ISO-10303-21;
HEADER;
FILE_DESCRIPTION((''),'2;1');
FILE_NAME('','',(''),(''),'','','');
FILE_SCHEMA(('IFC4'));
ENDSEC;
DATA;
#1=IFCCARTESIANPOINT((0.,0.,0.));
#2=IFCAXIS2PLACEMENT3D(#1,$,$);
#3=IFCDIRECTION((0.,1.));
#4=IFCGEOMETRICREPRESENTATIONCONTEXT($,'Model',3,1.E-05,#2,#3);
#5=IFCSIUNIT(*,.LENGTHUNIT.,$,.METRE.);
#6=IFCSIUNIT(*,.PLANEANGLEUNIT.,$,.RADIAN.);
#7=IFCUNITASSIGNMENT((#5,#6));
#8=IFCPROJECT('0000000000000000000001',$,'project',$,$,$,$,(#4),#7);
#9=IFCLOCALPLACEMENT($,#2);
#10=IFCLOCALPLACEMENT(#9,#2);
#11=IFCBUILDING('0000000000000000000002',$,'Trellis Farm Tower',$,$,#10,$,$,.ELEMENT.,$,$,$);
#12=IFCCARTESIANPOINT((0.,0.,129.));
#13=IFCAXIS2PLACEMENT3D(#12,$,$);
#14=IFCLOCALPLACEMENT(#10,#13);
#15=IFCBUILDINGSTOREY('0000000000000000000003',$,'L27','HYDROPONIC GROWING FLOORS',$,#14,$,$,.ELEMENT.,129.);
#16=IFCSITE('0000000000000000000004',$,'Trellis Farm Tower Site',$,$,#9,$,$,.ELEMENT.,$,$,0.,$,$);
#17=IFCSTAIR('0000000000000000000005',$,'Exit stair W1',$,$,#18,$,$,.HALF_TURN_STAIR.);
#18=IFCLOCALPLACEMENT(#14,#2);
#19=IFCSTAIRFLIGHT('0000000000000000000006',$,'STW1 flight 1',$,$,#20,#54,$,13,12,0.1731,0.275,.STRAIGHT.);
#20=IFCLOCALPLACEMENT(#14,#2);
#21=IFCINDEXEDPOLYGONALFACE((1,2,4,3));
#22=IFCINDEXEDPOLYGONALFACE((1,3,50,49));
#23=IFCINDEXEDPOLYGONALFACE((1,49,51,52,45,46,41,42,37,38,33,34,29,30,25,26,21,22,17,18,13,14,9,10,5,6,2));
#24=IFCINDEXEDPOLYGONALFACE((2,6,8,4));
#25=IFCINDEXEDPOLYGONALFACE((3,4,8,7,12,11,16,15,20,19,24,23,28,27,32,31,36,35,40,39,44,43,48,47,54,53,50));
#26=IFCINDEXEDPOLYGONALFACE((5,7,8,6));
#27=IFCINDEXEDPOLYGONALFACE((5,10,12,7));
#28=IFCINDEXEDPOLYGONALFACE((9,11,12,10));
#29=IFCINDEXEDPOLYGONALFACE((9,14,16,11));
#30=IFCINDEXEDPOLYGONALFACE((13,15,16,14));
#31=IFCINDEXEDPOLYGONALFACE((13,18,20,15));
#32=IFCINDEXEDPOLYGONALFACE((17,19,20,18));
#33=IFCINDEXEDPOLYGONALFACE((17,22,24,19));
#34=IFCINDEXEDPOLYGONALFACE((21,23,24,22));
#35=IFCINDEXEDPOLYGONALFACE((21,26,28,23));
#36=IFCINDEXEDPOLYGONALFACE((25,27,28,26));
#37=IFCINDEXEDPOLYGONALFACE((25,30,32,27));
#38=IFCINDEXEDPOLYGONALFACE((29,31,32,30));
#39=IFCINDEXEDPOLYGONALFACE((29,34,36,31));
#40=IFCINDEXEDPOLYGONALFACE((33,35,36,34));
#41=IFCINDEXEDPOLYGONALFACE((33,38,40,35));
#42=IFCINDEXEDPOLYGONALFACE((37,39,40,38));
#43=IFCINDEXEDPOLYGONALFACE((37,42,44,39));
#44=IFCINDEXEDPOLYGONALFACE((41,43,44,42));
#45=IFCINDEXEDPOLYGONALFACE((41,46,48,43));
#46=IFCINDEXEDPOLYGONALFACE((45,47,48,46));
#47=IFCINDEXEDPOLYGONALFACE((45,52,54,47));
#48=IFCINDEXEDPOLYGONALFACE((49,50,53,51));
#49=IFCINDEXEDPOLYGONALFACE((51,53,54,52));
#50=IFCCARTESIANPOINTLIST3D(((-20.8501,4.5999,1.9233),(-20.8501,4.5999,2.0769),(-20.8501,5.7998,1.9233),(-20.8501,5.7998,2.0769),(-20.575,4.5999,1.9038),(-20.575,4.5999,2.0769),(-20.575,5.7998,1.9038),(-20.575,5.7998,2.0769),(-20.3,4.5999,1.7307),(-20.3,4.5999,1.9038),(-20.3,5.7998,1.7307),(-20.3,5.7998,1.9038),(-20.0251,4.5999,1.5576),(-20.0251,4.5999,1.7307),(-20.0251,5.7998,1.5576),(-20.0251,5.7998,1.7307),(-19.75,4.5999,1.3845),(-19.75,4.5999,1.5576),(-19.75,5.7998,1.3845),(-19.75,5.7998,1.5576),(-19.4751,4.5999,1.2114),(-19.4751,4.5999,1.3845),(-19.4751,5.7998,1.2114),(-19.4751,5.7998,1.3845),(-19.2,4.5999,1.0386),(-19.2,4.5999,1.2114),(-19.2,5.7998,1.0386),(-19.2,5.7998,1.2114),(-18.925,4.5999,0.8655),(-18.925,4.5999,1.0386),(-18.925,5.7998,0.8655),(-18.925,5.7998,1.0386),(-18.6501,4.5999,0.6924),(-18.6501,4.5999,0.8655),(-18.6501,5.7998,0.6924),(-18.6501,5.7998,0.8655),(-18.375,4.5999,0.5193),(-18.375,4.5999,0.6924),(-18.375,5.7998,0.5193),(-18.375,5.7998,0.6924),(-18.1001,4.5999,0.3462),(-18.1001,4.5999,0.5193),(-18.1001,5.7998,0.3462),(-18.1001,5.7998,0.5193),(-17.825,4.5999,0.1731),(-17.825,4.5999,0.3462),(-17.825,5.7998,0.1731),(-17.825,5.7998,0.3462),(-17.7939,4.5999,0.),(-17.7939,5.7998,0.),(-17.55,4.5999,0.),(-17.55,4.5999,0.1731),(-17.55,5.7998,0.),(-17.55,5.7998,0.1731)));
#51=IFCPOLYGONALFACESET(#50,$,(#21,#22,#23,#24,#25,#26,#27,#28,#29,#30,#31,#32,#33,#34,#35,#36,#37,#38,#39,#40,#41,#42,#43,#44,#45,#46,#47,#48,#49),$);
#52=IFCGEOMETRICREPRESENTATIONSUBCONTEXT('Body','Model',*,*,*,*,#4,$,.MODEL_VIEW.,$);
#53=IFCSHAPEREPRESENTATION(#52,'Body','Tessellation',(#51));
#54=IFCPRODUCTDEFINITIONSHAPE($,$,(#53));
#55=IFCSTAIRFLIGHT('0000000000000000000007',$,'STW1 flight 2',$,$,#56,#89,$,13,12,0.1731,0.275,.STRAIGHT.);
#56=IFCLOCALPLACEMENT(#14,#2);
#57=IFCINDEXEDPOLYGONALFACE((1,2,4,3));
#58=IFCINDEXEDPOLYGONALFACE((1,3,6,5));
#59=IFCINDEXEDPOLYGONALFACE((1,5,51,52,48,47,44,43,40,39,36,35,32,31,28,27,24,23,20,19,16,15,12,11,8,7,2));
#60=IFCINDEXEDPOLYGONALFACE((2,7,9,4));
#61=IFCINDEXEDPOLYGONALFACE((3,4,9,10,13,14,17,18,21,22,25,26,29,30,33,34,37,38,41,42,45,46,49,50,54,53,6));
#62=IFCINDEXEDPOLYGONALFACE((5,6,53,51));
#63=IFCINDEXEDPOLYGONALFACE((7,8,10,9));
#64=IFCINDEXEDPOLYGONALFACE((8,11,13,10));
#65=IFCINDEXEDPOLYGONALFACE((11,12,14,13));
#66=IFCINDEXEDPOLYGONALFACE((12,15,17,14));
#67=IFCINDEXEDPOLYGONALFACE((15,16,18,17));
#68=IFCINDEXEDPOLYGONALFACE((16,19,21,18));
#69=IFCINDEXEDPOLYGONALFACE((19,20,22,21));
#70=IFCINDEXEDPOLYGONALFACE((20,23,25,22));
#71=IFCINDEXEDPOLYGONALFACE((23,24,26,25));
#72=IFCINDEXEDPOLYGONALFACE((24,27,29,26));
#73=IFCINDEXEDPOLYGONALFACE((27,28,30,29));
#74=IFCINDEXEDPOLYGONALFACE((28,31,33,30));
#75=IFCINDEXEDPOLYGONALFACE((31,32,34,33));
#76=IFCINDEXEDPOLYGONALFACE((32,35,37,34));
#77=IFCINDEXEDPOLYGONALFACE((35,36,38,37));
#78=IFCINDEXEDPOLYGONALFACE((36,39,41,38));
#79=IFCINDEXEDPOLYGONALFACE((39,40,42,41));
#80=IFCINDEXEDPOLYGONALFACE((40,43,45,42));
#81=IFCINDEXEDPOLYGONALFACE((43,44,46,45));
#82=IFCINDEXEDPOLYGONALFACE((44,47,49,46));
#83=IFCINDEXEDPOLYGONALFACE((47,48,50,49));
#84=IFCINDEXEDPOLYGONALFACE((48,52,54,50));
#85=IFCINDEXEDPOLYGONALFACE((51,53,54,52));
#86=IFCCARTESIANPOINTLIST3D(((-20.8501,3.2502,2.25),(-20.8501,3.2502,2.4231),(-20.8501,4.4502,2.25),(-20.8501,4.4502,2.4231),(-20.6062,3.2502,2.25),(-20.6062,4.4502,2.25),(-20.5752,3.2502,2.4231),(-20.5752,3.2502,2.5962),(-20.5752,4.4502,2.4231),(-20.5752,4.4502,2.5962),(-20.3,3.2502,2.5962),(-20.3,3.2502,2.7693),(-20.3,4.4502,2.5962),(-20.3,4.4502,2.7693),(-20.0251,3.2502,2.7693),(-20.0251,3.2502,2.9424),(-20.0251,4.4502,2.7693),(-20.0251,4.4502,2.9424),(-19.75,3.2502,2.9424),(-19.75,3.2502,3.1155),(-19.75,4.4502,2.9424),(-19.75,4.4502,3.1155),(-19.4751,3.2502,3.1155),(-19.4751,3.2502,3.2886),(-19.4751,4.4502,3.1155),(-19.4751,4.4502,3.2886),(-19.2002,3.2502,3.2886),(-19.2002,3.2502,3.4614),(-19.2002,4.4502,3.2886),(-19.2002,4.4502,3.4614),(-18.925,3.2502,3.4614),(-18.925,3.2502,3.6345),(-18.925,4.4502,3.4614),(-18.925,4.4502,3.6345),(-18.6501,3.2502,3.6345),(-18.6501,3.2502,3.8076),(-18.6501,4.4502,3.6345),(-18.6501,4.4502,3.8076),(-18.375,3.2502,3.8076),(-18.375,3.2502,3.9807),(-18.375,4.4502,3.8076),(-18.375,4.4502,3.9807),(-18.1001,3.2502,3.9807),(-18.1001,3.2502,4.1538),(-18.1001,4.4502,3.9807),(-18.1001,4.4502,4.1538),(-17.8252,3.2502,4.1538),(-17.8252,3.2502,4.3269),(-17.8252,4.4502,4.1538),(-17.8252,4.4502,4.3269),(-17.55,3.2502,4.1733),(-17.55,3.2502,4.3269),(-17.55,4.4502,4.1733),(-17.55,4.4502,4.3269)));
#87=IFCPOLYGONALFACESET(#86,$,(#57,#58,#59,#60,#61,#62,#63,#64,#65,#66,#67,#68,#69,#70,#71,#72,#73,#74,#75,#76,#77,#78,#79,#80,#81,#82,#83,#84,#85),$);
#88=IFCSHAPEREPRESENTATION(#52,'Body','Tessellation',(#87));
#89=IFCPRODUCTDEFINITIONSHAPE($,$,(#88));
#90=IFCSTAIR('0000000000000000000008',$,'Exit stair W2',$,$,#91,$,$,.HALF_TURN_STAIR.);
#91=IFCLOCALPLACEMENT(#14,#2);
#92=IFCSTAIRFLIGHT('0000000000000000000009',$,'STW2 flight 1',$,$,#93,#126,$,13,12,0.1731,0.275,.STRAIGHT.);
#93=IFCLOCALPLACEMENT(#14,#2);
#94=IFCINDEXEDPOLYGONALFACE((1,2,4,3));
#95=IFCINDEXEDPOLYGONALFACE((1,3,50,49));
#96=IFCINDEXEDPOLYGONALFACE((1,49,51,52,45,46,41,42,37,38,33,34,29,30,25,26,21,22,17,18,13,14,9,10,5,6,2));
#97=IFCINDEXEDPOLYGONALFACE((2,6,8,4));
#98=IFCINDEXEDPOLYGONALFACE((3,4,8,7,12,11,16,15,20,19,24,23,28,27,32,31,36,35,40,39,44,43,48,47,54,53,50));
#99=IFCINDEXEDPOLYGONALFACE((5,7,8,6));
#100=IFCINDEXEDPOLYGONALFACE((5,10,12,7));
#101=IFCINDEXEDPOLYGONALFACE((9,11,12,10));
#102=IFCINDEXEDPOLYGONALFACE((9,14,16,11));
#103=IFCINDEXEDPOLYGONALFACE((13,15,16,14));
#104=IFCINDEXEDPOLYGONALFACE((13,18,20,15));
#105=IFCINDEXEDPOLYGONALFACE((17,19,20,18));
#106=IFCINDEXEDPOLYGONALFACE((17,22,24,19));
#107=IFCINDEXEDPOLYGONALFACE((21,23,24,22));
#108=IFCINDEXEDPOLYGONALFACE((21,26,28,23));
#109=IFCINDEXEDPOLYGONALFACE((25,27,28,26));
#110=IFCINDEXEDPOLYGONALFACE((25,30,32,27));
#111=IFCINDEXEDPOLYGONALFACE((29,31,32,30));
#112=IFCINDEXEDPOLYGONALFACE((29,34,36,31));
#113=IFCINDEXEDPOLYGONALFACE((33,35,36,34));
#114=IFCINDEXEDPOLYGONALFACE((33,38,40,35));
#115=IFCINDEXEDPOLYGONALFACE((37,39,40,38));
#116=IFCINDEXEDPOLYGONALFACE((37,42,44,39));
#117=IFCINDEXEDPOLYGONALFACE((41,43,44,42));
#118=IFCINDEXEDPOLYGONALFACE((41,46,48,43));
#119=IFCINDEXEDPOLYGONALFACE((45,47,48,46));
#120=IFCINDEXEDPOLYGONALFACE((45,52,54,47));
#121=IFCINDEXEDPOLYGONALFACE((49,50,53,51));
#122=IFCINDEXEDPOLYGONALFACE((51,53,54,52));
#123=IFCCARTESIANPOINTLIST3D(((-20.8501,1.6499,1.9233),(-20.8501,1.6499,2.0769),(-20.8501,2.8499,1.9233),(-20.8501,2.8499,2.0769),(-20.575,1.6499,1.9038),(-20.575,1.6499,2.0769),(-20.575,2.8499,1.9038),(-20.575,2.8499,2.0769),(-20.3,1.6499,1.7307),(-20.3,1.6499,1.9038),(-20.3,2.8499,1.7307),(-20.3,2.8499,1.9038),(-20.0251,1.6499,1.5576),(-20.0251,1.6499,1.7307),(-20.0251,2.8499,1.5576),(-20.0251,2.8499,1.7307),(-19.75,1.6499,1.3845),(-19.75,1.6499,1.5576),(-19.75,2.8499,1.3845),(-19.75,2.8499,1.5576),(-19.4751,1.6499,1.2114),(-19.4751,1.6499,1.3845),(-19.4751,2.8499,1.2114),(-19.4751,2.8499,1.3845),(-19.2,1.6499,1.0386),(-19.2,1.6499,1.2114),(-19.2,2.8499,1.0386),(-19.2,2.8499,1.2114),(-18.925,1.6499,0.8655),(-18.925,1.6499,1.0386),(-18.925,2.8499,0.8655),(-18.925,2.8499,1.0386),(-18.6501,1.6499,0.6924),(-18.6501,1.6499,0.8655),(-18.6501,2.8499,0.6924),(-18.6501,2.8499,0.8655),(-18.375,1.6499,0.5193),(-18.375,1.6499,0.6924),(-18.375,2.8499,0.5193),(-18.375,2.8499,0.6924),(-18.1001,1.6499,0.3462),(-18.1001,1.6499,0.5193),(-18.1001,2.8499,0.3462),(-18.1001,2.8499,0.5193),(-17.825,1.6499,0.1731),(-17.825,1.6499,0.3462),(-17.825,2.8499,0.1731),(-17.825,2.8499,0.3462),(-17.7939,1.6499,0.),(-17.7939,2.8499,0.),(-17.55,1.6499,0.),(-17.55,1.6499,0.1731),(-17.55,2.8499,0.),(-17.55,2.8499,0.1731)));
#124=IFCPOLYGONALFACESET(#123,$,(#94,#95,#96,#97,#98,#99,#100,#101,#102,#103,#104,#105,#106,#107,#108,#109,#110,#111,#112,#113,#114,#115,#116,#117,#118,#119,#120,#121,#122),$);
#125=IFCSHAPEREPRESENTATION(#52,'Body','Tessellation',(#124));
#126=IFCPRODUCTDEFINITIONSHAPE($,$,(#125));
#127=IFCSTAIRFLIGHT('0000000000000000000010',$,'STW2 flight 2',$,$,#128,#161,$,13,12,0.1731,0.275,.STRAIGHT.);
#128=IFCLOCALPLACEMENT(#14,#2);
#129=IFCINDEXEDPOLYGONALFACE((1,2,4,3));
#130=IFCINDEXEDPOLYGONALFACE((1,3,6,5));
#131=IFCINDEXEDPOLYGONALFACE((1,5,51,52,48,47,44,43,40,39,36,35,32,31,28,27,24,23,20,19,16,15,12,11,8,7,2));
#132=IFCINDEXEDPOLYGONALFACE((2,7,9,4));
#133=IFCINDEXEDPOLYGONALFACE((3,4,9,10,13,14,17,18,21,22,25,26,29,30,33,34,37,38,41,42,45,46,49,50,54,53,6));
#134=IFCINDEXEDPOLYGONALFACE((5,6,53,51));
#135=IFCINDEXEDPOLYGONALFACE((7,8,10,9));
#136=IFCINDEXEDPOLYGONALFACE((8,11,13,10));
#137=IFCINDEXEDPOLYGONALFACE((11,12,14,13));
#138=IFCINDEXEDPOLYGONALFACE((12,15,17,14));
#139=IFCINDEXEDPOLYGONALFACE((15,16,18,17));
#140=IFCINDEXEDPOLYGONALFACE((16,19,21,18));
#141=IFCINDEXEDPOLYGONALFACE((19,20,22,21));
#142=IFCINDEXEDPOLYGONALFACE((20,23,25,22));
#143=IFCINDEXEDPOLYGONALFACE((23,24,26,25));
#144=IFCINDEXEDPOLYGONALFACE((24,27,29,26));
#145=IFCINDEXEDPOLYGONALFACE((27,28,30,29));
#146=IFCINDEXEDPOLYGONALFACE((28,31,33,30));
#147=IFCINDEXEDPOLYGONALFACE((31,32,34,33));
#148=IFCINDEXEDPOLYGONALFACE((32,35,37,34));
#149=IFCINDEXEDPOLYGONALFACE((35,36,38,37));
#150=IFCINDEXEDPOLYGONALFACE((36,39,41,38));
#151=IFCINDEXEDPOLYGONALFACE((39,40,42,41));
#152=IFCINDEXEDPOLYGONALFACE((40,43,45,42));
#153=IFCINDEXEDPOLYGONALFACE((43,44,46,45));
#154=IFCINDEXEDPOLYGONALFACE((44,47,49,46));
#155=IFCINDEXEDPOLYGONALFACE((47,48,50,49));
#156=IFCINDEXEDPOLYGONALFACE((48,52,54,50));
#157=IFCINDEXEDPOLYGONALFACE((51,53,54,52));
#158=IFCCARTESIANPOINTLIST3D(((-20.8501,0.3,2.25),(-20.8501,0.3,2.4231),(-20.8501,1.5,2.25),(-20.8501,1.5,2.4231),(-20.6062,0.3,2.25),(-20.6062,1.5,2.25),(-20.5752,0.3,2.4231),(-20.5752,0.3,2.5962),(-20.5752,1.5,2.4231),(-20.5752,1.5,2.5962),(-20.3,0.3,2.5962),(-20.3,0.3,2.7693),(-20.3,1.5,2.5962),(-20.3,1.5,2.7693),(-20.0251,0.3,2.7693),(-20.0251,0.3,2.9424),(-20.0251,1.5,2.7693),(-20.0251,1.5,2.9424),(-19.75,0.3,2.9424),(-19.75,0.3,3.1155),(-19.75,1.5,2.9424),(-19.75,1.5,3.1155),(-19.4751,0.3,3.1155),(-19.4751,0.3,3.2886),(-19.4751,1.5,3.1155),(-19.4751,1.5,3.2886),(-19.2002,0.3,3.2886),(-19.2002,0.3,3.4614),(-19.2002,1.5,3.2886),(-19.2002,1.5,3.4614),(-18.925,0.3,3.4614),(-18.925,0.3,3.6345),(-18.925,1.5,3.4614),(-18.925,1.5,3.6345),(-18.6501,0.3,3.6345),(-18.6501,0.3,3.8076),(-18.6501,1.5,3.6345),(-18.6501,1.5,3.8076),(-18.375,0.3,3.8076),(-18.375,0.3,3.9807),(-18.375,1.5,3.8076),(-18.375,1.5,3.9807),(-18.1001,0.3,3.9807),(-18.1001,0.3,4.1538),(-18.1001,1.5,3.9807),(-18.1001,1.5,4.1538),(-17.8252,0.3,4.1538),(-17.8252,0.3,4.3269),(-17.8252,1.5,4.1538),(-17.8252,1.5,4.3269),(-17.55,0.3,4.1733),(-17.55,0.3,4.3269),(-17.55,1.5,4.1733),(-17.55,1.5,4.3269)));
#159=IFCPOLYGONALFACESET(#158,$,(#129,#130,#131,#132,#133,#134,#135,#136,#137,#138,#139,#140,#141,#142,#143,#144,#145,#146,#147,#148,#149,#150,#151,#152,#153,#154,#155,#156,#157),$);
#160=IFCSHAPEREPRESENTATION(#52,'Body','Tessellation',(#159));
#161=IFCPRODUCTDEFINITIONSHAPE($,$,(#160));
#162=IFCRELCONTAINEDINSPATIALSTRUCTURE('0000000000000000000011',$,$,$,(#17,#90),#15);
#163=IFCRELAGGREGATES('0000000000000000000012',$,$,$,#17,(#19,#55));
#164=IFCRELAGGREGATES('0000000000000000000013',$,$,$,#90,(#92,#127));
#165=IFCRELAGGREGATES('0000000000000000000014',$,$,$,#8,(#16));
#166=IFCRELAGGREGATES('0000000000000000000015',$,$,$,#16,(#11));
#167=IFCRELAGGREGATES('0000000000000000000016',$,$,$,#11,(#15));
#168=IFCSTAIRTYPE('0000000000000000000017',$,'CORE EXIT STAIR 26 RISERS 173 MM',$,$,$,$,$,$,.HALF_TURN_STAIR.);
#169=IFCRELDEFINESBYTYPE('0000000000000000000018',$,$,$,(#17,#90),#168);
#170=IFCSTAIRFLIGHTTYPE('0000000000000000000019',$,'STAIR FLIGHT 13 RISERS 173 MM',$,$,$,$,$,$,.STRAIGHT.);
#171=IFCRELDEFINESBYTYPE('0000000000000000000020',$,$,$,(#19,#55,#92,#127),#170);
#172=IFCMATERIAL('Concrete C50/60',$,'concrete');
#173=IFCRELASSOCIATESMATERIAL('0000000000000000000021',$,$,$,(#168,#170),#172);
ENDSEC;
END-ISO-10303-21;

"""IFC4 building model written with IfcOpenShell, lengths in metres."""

from ifc_helpers import new_model, si_unit, direction, frame, origin, place, context, subcontext, project, spatial, polyline, outline, extrude, source, transform, mapped, material, type_object, element, aggregate, save


model = new_model("IFC4")

# Units and contexts
model_context = context("Model", 3, precision=1e-05, world=origin(), true_north=direction((0.0, 1.0)))
body_context = subcontext(model_context, "Body", "Model", "MODEL_VIEW")
ifc_project = project(units=[si_unit("LENGTHUNIT", "METRE"), si_unit("PLANEANGLEUNIT", "RADIAN")], contexts=[model_context])

# Site, building, storey
site_placement = place(None, origin())
site = spatial("IfcSite", under=ifc_project, at=site_placement, Name="Trellis Farm Tower Site", CompositionType="ELEMENT", RefElevation=0.0)
building_placement = place(site_placement, origin())
building = spatial("IfcBuilding", under=site, at=building_placement, Name="Trellis Farm Tower", CompositionType="ELEMENT")
storey_placement = place(building_placement, frame((0.0, 0.0, 129.0)))
storey = spatial("IfcBuildingStorey", under=building, at=storey_placement, Name="L27", Description="HYDROPONIC GROWING FLOORS", CompositionType="ELEMENT", Elevation=129.0)

# Shared definitions
placement = place(storey_placement, origin())

# Stairs, stair flights
ifc_material_1 = material(Name="Concrete C50/60", Category="concrete")
stair_type = type_object("IfcStairType", Name="CORE EXIT STAIR 26 RISERS 173 MM", PredefinedType="HALF_TURN_STAIR", material=ifc_material_1)
stair_1 = element("IfcStair", 1, at=placement, inside=storey, type_object=stair_type, Name="Exit stair W1", PredefinedType="HALF_TURN_STAIR")
stair_flight_type = type_object("IfcStairFlightType", Name="STAIR FLIGHT 13 RISERS 173 MM", PredefinedType="STRAIGHT", material=ifc_material_1)
shared_shape_1 = source(origin(), body_context, "Body", "SweptSolid", [
    extrude(outline(polyline([(0.0, 0.0), (0.0, 0.1731), (0.2749, 0.1731), (0.2749, 0.3462), (0.55, 0.3462), (0.55, 0.5193), (0.825, 0.5193), (0.825, 0.6924), (1.1001, 0.6924), (1.1001, 0.8655), (1.375, 0.8655), (1.375, 1.0386), (1.6499, 1.0386), (1.6499, 1.2114), (1.925, 1.2114), (1.925, 1.3845), (2.2, 1.3845), (2.2, 1.5576), (2.4751, 1.5576), (2.4751, 1.7307), (2.75, 1.7307), (2.75, 1.9038), (3.0249, 1.9038), (3.0249, 2.0769), (3.3, 2.0769), (3.3, 2.25), (3.3, 1.9233), (0.2439, 0.0), (0.0, 0.0)])), frame((0.0, 0.6001, 0.0), z_axis=(0.0, -1.0, 0.0), x_axis=(1.0, 0.0, 0.0)), (0.0, 0.0, 1.0), 1.2),
])
stair_flight_1_placement = place(storey_placement, frame((-17.55, 5.2, 0.0), z_axis=(0.0, 0.0, 1.0), x_axis=(-1.0, 0.0, 0.0)))
stair_flight_1 = element("IfcStairFlight", 2, at=stair_flight_1_placement, type_object=stair_flight_type, Name="STW1 flight 1", NumberOfRisers=13, NumberOfTreads=12, PredefinedType="STRAIGHT", RiserHeight=0.1731, TreadLength=0.275, context=body_context, shape_type="MappedRepresentation", body=[
    mapped(shared_shape_1, transform((0.0, 0.0, 0.0))),
])
stair_flight_2_placement = place(storey_placement, frame((-20.8501, 3.8501, 2.25), z_axis=(0.0, 0.0, 1.0), x_axis=(1.0, 0.0, 0.0)))
stair_flight_2 = element("IfcStairFlight", 3, at=stair_flight_2_placement, type_object=stair_flight_type, Name="STW1 flight 2", NumberOfRisers=13, NumberOfTreads=12, PredefinedType="STRAIGHT", RiserHeight=0.1731, TreadLength=0.275, context=body_context, shape_type="MappedRepresentation", body=[
    mapped(shared_shape_1, transform((0.0, 0.0, 0.0))),
])
aggregate(stair_1, [stair_flight_1, stair_flight_2])
stair_2 = element("IfcStair", 4, at=placement, inside=storey, type_object=stair_type, Name="Exit stair W2", PredefinedType="HALF_TURN_STAIR")
stair_flight_3_placement = place(storey_placement, frame((-17.55, 2.25, 0.0), z_axis=(0.0, 0.0, 1.0), x_axis=(-1.0, 0.0, 0.0)))
stair_flight_3 = element("IfcStairFlight", 5, at=stair_flight_3_placement, type_object=stair_flight_type, Name="STW2 flight 1", NumberOfRisers=13, NumberOfTreads=12, PredefinedType="STRAIGHT", RiserHeight=0.1731, TreadLength=0.275, context=body_context, shape_type="MappedRepresentation", body=[
    mapped(shared_shape_1, transform((0.0, 0.0, 0.0))),
])
stair_flight_4_placement = place(storey_placement, frame((-20.8501, 0.8999, 2.25), z_axis=(0.0, 0.0, 1.0), x_axis=(1.0, 0.0, 0.0)))
stair_flight_4 = element("IfcStairFlight", 6, at=stair_flight_4_placement, type_object=stair_flight_type, Name="STW2 flight 2", NumberOfRisers=13, NumberOfTreads=12, PredefinedType="STRAIGHT", RiserHeight=0.1731, TreadLength=0.275, context=body_context, shape_type="MappedRepresentation", body=[
    mapped(shared_shape_1, transform((0.0, 0.0, 0.0))),
])
aggregate(stair_2, [stair_flight_3, stair_flight_4])

save(model, "model.ifc")
